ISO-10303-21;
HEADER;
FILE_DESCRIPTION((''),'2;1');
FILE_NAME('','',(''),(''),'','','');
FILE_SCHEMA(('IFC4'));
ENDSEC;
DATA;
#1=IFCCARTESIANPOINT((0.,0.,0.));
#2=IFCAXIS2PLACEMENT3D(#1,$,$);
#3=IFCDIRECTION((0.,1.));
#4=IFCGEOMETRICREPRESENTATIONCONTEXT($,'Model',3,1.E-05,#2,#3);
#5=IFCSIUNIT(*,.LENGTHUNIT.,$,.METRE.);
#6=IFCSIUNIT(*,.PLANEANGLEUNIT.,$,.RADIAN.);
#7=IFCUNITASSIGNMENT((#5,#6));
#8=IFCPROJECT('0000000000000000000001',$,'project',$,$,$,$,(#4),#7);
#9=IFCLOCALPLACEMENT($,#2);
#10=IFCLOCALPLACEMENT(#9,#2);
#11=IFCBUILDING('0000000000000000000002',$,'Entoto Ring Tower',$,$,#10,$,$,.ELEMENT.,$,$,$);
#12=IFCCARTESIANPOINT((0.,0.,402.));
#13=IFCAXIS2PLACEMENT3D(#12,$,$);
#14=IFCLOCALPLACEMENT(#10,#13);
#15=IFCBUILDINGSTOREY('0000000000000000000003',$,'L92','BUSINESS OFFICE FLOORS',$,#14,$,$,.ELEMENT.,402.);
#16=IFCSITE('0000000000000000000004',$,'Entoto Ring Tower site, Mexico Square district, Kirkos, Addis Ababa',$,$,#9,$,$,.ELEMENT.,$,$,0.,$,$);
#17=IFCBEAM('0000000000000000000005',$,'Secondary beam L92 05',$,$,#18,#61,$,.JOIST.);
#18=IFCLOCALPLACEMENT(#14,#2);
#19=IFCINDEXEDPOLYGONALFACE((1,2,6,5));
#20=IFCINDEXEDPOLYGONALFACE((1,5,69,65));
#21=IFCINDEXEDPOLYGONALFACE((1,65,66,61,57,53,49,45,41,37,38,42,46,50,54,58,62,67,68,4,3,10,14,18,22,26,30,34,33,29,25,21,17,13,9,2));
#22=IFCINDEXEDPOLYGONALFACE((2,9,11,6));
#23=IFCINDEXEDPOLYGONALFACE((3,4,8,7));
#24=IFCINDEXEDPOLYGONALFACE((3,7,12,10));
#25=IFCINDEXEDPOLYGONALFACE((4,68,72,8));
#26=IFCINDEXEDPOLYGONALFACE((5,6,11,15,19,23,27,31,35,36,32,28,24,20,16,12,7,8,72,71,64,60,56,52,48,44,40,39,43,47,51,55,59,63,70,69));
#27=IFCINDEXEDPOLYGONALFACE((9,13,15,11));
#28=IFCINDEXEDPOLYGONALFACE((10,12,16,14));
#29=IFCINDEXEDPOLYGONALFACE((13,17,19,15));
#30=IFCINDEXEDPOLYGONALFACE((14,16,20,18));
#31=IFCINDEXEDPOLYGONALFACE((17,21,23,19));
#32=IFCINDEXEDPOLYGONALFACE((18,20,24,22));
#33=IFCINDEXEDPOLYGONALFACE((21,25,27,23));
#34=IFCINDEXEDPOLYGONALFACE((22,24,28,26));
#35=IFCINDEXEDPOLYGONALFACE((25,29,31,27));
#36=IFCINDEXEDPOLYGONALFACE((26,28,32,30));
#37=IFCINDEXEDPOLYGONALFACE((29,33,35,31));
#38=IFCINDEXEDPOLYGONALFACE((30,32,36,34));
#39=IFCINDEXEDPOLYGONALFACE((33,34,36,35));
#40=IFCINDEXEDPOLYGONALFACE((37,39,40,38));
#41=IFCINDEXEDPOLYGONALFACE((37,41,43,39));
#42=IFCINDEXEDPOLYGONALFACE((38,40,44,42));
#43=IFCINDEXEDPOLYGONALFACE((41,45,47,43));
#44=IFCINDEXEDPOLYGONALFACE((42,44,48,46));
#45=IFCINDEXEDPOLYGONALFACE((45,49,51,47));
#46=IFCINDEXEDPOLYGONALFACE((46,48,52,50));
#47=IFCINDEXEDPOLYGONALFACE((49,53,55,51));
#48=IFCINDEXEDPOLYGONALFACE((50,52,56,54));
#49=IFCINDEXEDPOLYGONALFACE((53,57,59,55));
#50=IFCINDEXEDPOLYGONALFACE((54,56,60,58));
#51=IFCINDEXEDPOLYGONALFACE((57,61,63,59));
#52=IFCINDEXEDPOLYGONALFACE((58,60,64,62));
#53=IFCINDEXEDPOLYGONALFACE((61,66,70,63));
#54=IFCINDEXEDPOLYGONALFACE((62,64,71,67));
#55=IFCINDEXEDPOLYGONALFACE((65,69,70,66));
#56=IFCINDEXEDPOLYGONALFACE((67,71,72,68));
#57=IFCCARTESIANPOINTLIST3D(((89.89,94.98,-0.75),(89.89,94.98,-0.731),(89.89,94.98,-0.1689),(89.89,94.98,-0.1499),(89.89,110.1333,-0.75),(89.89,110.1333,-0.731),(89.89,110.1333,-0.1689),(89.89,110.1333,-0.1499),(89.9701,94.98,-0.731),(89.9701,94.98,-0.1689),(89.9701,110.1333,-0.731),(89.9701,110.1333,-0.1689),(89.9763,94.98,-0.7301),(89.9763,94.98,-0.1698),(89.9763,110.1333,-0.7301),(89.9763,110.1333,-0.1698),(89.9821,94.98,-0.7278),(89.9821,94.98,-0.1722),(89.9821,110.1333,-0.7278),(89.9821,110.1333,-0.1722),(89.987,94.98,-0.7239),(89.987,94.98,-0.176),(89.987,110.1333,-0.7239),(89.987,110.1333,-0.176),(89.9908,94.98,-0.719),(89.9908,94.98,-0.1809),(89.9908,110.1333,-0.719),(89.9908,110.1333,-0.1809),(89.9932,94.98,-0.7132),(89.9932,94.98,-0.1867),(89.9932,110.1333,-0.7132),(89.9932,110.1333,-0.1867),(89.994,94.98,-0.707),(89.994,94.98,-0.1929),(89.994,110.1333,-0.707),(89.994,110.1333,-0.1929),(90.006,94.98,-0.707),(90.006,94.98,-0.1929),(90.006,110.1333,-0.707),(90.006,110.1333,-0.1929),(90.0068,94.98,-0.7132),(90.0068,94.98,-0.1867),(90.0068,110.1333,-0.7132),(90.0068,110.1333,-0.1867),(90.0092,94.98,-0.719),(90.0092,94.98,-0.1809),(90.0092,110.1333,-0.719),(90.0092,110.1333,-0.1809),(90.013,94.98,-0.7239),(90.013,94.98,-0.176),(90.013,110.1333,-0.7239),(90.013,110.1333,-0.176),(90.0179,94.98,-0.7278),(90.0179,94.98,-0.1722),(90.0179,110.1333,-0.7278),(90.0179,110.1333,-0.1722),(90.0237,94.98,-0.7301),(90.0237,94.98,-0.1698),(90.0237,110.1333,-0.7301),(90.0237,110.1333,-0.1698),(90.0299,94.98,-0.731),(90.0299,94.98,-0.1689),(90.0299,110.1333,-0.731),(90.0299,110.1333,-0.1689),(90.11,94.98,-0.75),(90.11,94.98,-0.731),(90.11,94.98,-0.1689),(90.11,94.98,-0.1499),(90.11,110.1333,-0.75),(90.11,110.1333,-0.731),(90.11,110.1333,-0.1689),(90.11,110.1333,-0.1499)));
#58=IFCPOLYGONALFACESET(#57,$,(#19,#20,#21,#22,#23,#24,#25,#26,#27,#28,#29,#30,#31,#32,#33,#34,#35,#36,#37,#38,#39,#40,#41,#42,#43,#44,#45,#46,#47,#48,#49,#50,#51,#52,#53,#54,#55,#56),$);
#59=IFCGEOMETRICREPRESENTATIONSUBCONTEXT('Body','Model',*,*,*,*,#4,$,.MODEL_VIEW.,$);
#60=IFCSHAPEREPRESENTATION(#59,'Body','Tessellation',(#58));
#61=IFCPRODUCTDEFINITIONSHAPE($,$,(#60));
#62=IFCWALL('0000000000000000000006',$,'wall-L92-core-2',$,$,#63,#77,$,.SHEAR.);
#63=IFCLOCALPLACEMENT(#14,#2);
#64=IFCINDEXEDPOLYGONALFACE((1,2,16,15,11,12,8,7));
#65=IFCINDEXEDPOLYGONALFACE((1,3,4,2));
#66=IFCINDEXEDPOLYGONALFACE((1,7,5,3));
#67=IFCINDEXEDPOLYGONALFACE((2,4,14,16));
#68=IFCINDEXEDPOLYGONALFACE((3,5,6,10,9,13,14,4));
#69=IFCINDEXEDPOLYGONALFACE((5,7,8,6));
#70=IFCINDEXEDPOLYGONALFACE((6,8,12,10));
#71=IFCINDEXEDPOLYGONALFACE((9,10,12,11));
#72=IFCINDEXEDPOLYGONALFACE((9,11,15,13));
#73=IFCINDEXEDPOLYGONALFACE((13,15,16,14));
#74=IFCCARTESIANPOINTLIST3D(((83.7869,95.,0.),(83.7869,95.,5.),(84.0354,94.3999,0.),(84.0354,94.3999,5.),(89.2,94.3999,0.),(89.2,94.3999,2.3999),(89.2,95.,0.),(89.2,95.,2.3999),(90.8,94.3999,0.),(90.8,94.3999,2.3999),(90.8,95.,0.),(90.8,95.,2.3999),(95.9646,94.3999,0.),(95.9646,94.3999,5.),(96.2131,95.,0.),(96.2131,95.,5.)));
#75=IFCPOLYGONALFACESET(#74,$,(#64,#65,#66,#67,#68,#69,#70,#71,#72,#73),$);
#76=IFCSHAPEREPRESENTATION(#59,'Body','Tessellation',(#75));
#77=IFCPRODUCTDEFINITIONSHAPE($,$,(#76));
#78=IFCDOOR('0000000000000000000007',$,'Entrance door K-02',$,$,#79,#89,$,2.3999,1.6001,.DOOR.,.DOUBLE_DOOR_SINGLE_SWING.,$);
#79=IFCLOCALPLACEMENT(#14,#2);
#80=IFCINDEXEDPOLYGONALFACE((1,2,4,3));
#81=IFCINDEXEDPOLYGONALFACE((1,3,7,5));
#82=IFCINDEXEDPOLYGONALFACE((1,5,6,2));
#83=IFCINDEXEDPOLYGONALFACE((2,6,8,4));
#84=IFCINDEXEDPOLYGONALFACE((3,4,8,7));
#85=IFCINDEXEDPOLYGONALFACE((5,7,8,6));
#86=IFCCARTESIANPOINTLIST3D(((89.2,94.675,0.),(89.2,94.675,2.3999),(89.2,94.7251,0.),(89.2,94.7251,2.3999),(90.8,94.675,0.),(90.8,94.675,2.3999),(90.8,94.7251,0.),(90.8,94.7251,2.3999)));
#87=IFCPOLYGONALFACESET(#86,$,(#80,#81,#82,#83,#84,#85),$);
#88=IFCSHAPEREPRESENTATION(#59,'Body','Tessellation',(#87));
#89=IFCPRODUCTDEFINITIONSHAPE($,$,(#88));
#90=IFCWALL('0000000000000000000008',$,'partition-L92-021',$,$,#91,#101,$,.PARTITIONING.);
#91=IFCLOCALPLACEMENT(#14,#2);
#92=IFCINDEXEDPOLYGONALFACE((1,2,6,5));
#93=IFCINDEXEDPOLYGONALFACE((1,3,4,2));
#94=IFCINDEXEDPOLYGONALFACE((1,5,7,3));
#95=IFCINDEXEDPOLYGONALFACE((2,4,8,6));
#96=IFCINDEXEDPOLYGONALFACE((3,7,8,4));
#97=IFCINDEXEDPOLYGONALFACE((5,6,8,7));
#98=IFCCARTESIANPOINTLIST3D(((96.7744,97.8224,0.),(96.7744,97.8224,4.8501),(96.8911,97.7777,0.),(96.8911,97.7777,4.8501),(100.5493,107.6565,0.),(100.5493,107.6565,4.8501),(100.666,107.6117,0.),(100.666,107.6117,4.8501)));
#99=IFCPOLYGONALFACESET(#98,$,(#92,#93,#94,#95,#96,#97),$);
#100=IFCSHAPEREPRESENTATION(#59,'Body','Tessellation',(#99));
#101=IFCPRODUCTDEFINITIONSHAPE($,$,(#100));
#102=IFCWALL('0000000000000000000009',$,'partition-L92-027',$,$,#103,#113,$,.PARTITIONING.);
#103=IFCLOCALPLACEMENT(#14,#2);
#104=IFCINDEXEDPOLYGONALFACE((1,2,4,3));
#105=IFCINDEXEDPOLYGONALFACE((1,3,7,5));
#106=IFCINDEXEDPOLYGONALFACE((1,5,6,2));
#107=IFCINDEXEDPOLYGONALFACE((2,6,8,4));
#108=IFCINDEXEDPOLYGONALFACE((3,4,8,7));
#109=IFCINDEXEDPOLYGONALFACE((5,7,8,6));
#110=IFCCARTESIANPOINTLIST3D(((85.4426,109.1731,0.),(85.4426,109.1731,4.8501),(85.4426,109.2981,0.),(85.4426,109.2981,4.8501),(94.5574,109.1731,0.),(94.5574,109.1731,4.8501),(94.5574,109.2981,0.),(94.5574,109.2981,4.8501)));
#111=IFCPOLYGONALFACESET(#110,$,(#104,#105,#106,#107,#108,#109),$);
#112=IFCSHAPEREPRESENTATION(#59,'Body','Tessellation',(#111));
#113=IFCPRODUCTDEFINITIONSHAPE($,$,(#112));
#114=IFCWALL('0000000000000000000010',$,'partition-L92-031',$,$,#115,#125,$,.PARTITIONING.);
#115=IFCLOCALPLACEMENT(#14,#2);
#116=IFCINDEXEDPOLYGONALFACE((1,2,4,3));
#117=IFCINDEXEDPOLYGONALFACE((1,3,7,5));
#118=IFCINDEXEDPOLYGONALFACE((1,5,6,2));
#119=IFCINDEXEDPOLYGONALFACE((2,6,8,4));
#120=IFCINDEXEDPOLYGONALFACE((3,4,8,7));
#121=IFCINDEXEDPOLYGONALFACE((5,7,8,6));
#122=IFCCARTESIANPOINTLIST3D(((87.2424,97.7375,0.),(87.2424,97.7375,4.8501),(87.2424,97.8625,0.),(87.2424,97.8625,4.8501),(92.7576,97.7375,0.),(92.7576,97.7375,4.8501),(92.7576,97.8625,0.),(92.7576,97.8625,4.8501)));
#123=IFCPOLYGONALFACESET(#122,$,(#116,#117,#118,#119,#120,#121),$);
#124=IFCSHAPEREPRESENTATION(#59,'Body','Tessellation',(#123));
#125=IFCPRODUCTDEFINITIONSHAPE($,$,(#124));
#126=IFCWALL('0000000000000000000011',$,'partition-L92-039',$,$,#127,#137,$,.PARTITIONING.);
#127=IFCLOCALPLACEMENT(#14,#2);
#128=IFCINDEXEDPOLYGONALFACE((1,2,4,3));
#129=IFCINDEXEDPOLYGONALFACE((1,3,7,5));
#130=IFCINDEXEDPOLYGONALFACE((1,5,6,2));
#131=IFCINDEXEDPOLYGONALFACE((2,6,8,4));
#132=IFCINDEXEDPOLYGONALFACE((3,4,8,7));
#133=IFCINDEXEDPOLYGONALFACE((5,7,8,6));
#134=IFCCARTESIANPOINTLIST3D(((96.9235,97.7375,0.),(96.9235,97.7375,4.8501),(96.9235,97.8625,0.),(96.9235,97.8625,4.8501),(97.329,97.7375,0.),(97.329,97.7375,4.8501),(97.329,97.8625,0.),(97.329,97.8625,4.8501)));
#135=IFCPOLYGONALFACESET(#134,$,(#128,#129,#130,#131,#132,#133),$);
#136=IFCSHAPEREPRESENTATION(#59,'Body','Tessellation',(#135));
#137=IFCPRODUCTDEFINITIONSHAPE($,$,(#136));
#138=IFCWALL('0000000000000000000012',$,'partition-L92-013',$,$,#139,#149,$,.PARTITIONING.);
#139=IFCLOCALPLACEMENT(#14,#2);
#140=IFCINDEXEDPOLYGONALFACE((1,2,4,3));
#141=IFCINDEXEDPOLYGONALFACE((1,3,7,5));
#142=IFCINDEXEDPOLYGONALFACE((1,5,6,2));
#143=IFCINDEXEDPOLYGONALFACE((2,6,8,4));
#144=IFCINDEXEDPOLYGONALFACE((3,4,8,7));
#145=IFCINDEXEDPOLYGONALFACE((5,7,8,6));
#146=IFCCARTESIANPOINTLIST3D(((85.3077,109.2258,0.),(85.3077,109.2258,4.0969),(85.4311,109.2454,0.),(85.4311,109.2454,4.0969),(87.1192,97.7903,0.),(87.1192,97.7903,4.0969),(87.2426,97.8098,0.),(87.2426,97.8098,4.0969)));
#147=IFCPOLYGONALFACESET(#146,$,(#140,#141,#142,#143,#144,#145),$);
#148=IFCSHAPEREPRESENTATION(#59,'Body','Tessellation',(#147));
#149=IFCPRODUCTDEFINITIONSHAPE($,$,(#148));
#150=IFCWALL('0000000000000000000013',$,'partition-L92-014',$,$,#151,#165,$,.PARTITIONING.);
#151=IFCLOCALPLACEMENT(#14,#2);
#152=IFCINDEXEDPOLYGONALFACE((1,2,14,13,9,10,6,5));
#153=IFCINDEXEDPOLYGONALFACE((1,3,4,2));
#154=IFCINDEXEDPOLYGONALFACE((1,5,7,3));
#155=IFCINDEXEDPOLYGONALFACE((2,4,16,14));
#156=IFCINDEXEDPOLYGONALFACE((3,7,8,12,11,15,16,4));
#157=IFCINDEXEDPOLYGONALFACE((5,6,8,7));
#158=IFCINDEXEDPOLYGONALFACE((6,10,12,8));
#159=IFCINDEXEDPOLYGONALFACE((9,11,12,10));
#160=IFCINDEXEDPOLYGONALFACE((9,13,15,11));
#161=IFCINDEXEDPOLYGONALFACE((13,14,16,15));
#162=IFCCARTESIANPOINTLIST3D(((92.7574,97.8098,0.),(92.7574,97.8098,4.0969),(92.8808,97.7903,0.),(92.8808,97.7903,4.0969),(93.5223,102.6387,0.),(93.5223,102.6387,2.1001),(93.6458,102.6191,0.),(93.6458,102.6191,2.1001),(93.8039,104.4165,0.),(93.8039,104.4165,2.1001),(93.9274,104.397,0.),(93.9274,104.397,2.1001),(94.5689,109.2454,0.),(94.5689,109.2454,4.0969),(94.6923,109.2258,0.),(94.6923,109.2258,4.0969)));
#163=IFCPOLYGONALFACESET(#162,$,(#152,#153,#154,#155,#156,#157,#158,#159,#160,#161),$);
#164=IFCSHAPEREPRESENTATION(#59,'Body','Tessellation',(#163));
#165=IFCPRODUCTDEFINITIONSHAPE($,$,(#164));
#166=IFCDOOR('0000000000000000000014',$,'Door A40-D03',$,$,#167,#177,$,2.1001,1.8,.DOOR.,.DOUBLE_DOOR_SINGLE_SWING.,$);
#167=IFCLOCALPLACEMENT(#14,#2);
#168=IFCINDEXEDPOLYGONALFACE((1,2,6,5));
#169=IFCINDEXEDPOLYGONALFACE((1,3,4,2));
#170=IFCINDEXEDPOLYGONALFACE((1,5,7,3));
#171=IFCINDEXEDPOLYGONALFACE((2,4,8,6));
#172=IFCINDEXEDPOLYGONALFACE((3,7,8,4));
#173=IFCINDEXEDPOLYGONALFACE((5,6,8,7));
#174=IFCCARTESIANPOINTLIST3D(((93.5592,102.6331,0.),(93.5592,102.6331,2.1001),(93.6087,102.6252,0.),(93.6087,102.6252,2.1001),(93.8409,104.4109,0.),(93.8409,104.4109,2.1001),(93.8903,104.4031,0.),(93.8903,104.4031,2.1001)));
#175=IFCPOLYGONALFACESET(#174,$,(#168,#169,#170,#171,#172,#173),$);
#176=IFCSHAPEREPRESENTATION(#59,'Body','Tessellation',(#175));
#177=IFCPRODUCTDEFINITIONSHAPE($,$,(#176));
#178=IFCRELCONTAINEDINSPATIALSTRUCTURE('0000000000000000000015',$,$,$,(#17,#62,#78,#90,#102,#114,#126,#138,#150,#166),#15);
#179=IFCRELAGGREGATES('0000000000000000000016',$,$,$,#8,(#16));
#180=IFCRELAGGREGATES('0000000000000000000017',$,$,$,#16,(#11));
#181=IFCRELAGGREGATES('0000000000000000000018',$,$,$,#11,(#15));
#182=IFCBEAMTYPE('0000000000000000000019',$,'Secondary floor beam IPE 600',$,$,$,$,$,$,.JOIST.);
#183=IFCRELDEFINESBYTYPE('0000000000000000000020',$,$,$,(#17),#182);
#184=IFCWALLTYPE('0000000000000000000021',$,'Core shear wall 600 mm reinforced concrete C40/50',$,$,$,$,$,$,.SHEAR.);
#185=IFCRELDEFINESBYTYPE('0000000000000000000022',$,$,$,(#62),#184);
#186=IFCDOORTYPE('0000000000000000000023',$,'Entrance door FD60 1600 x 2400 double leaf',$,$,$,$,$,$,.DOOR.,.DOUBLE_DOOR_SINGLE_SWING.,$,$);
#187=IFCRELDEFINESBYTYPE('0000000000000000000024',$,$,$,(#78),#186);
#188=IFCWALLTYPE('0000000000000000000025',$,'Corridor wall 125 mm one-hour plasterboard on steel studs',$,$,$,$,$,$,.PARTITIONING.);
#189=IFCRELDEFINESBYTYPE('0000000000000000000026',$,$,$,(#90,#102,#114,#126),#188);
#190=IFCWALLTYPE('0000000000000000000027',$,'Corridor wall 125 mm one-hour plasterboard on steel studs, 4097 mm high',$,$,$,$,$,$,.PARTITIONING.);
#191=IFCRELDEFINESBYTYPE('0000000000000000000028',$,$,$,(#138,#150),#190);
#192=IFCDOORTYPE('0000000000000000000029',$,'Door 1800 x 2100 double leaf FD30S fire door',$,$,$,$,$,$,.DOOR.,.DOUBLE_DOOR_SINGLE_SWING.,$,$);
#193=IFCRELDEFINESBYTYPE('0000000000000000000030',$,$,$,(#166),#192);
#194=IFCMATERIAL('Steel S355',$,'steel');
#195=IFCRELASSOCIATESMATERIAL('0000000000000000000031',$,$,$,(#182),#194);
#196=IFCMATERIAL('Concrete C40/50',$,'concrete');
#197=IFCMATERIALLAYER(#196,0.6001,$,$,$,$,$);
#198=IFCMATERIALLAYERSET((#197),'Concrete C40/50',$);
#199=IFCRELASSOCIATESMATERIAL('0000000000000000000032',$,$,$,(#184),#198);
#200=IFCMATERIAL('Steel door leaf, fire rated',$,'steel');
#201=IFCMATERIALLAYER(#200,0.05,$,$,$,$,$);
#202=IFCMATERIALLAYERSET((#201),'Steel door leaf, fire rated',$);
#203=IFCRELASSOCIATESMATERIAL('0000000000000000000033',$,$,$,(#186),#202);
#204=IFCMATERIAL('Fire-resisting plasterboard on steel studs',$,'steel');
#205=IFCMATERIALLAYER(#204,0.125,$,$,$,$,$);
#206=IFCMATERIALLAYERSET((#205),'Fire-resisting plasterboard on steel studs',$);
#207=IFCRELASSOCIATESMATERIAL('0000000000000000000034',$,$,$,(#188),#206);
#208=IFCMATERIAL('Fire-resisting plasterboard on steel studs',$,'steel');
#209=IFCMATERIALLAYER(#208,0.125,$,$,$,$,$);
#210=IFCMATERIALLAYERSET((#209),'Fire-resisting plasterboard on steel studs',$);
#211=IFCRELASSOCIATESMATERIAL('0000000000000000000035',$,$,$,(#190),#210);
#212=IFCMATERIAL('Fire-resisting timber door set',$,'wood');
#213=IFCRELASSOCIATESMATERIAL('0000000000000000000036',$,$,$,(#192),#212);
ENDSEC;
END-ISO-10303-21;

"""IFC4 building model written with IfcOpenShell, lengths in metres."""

from ifc_helpers import new_model, si_unit, direction, frame, frame_2d, origin, origin_2d, place, context, subcontext, project, spatial, polyline, rectangle, i_section, outline, extrude, material, layer, layer_set, material_profile, profile_set, type_object, element, fill, save


model = new_model("IFC4")

# Units and contexts
model_context = context("Model", 3, precision=1e-05, world=origin(), true_north=direction((0.0, 1.0)))
body_context = subcontext(model_context, "Body", "Model", "MODEL_VIEW")
ifc_project = project(units=[si_unit("LENGTHUNIT", "METRE"), si_unit("PLANEANGLEUNIT", "RADIAN")], contexts=[model_context])

# Site, building, storey
site_placement = place(None, origin())
site = spatial("IfcSite", under=ifc_project, at=site_placement, Name="Entoto Ring Tower site, Mexico Square district, Kirkos, Addis Ababa", CompositionType="ELEMENT", RefElevation=0.0)
building_placement = place(site_placement, origin())
building = spatial("IfcBuilding", under=site, at=building_placement, Name="Entoto Ring Tower", CompositionType="ELEMENT")
storey_placement = place(building_placement, frame((0.0, 0.0, 402.0)))
storey = spatial("IfcBuildingStorey", under=building, at=storey_placement, Name="L92", Description="BUSINESS OFFICE FLOORS", CompositionType="ELEMENT", Elevation=402.0)

# Beam
ifc_material_1 = material(Name="Steel S355", Category="steel")
ifc_material_profile_1 = material_profile(ifc_material_1, i_section(OverallWidth=0.22, OverallDepth=0.6001, WebThickness=0.012, FlangeThickness=0.019, FilletRadius=0.0239, at=origin_2d()), Name="IPE 600")
ifc_profile_set_1 = profile_set([ifc_material_profile_1], Name="Steel S355")
beam_type_1 = type_object("IfcBeamType", Name="Secondary floor beam IPE 600", PredefinedType="JOIST", material=ifc_profile_set_1)
beam_1_placement = place(storey_placement, frame((90.0, 94.98, -0.45), z_axis=(0.0, 1.0, 0.0), x_axis=(-1.0, 0.0, 0.0)))
element("IfcBeam", 1, at=beam_1_placement, inside=storey, type_object=beam_type_1, Name="Secondary beam L92 05", PredefinedType="JOIST", context=body_context, shape_type="SweptSolid", body=[
    extrude(i_section(OverallWidth=0.22, OverallDepth=0.6001, WebThickness=0.012, FlangeThickness=0.019, FilletRadius=0.0239, at=origin_2d()), origin(), (0.0, 0.0, 1.0), 15.1533),
])

# Wall, opening, door
ifc_material_2 = material(Name="Concrete C40/50", Category="concrete")
ifc_layer_1 = layer(ifc_material_2, 0.6001)
ifc_layer_set_1 = layer_set([ifc_layer_1], Name="Concrete C40/50")
wall_type_1 = type_object("IfcWallType", Name="Core shear wall 600 mm reinforced concrete C40/50", PredefinedType="SHEAR", material=ifc_layer_set_1)
wall_1_placement = place(storey_placement, frame((96.0889, 94.7, 0.0), z_axis=(0.0, 0.0, 1.0), x_axis=(-1.0, 0.0, 0.0)))
wall_1 = element("IfcWall", 2, at=wall_1_placement, inside=storey, type_object=wall_type_1, Name="wall-L92-core-2", PredefinedType="SHEAR", context=body_context, shape_type="SweptSolid", body=[
    extrude(outline(polyline([(-0.1243, -0.3), (12.302, -0.3), (12.0535, 0.3), (0.1243, 0.3), (-0.1243, -0.3)])), origin(), (0.0, 0.0, 1.0), 5.0),
])
opening_1_placement = place(wall_1_placement, frame((5.2888, 0.0, 0.0)))
opening_1 = element("IfcOpeningElement", 3, at=opening_1_placement, cuts=wall_1, PredefinedType="OPENING", context=body_context, shape_type="SweptSolid", body=[
    extrude(rectangle(XDim=1.6001, YDim=2.3999, at=frame_2d((0.8, 1.2))), frame((0.0, 0.3101, 0.0), z_axis=(0.0, -1.0, 0.0), x_axis=(1.0, 0.0, 0.0)), (0.0, 0.0, 1.0), 0.6201),
])
ifc_material_3 = material(Name="Steel door leaf, fire rated", Category="steel")
ifc_layer_2 = layer(ifc_material_3, 0.05)
ifc_layer_set_2 = layer_set([ifc_layer_2], Name="Steel door leaf, fire rated")
door_type_1 = type_object("IfcDoorType", Name="Entrance door FD60 1600 x 2400 double leaf", OperationType="DOUBLE_DOOR_SINGLE_SWING", PredefinedType="DOOR", material=ifc_layer_set_2)
door_1_placement = place(opening_1_placement, origin())
door_1 = element("IfcDoor", 4, at=door_1_placement, inside=storey, type_object=door_type_1, Name="Entrance door K-02", OperationType="DOUBLE_DOOR_SINGLE_SWING", OverallHeight=2.3999, OverallWidth=1.6001, PredefinedType="DOOR", context=body_context, shape_type="SweptSolid", body=[
    extrude(rectangle(XDim=1.6001, YDim=2.3999, at=frame_2d((0.8, 1.2))), frame((0.0, 0.0249, 0.0), z_axis=(0.0, -1.0, 0.0), x_axis=(1.0, 0.0, 0.0)), (0.0, 0.0, 1.0), 0.05),
])
fill(opening_1, door_1)

# Walls
ifc_material_4 = material(Name="Fire-resisting plasterboard on steel studs", Category="steel")
ifc_layer_3 = layer(ifc_material_4, 0.125)
ifc_layer_set_3 = layer_set([ifc_layer_3], Name="Fire-resisting plasterboard on steel studs")
wall_type_2 = type_object("IfcWallType", Name="Corridor wall 125 mm one-hour plasterboard on steel studs", PredefinedType="PARTITIONING", material=ifc_layer_set_3)
wall_2_placement = place(storey_placement, frame((96.8328, 97.8, 0.0), z_axis=(0.0, 0.0, 1.0), x_axis=(0.358367, 0.933581, 0.0)))
element("IfcWall", 5, at=wall_2_placement, inside=storey, type_object=wall_type_2, Name="partition-L92-021", PredefinedType="PARTITIONING", context=body_context, shape_type="SweptSolid", body=[
    extrude(rectangle(XDim=10.5337, YDim=0.125, at=frame_2d((5.2668, 0.0))), origin(), (0.0, 0.0, 1.0), 4.8501),
])
wall_3_placement = place(storey_placement, frame((85.4426, 109.2356, 0.0), z_axis=(0.0, 0.0, 1.0), x_axis=(1.0, 0.0, 0.0)))
element("IfcWall", 6, at=wall_3_placement, inside=storey, type_object=wall_type_2, Name="partition-L92-027", PredefinedType="PARTITIONING", context=body_context, shape_type="SweptSolid", body=[
    extrude(rectangle(XDim=9.1147, YDim=0.125, at=frame_2d((4.5574, 0.0))), origin(), (0.0, 0.0, 1.0), 4.8501),
])
wall_4_placement = place(storey_placement, frame((87.2424, 97.8, 0.0), z_axis=(0.0, 0.0, 1.0), x_axis=(1.0, 0.0, 0.0)))
element("IfcWall", 7, at=wall_4_placement, inside=storey, type_object=wall_type_2, Name="partition-L92-031", PredefinedType="PARTITIONING", context=body_context, shape_type="SweptSolid", body=[
    extrude(rectangle(XDim=5.5151, YDim=0.125, at=frame_2d((2.7576, 0.0))), origin(), (0.0, 0.0, 1.0), 4.8501),
])
wall_5_placement = place(storey_placement, frame((96.9236, 97.8, 0.0), z_axis=(0.0, 0.0, 1.0), x_axis=(1.0, 0.0, 0.0)))
element("IfcWall", 8, at=wall_5_placement, inside=storey, type_object=wall_type_2, Name="partition-L92-039", PredefinedType="PARTITIONING", context=body_context, shape_type="SweptSolid", body=[
    extrude(rectangle(XDim=0.4055, YDim=0.125, at=frame_2d((0.2026, 0.0))), origin(), (0.0, 0.0, 1.0), 4.8501),
])
ifc_material_5 = material(Name="Fire-resisting plasterboard on steel studs", Category="steel")
ifc_layer_4 = layer(ifc_material_5, 0.125)
ifc_layer_set_4 = layer_set([ifc_layer_4], Name="Fire-resisting plasterboard on steel studs")
wall_type_3 = type_object("IfcWallType", Name="Corridor wall 125 mm one-hour plasterboard on steel studs, 4097 mm high", PredefinedType="PARTITIONING", material=ifc_layer_set_4)
wall_6_placement = place(storey_placement, frame((87.1809, 97.8, 0.0), z_axis=(0.0, 0.0, 1.0), x_axis=(-0.156461, 0.987684, 0.0)))
element("IfcWall", 9, at=wall_6_placement, inside=storey, type_object=wall_type_3, Name="partition-L92-013", PredefinedType="PARTITIONING", context=body_context, shape_type="SweptSolid", body=[
    extrude(rectangle(XDim=11.5781, YDim=0.125, at=frame_2d((5.7891, 0.0))), origin(), (0.0, 0.0, 1.0), 4.0969),
])

# Wall, opening, door
wall_7_placement = place(storey_placement, frame((92.8191, 97.8, 0.0), z_axis=(0.0, 0.0, 1.0), x_axis=(0.156461, 0.987684, 0.0)))
wall_7 = element("IfcWall", 10, at=wall_7_placement, inside=storey, type_object=wall_type_3, Name="partition-L92-014", PredefinedType="PARTITIONING", context=body_context, shape_type="SweptSolid", body=[
    extrude(rectangle(XDim=11.5781, YDim=0.125, at=frame_2d((5.7891, 0.0))), origin(), (0.0, 0.0, 1.0), 4.0969),
])
opening_2_placement = place(wall_7_placement, frame((4.8892, 0.0, 0.0)))
opening_2 = element("IfcOpeningElement", 11, at=opening_2_placement, cuts=wall_7, PredefinedType="OPENING", context=body_context, shape_type="SweptSolid", body=[
    extrude(rectangle(XDim=1.8, YDim=2.1001, at=frame_2d((0.8999, 1.05))), frame((0.0, 0.0725, 0.0), z_axis=(0.0, -1.0, 0.0), x_axis=(1.0, 0.0, 0.0)), (0.0, 0.0, 1.0), 0.145),
])
ifc_material_6 = material(Name="Fire-resisting timber door set", Category="wood")
door_type_2 = type_object("IfcDoorType", Name="Door 1800 x 2100 double leaf FD30S fire door", OperationType="DOUBLE_DOOR_SINGLE_SWING", PredefinedType="DOOR", material=ifc_material_6)
door_2_placement = place(opening_2_placement, frame((1.8, 0.0, 0.0), z_axis=(0.0, 0.0, 1.0), x_axis=(-1.0, 0.0, 0.0)))
door_2 = element("IfcDoor", 12, at=door_2_placement, inside=storey, type_object=door_type_2, Name="Door A40-D03", OperationType="DOUBLE_DOOR_SINGLE_SWING", OverallHeight=2.1001, OverallWidth=1.8, PredefinedType="DOOR", context=body_context, shape_type="SweptSolid", body=[
    extrude(rectangle(XDim=1.8, YDim=2.1001, at=frame_2d((0.8999, 1.05))), frame((0.0, 0.0249, 0.0), z_axis=(0.0, -1.0, 0.0), x_axis=(1.0, 0.0, 0.0)), (0.0, 0.0, 1.0), 0.05),
])
fill(opening_2, door_2)

save(model, "model.ifc")
